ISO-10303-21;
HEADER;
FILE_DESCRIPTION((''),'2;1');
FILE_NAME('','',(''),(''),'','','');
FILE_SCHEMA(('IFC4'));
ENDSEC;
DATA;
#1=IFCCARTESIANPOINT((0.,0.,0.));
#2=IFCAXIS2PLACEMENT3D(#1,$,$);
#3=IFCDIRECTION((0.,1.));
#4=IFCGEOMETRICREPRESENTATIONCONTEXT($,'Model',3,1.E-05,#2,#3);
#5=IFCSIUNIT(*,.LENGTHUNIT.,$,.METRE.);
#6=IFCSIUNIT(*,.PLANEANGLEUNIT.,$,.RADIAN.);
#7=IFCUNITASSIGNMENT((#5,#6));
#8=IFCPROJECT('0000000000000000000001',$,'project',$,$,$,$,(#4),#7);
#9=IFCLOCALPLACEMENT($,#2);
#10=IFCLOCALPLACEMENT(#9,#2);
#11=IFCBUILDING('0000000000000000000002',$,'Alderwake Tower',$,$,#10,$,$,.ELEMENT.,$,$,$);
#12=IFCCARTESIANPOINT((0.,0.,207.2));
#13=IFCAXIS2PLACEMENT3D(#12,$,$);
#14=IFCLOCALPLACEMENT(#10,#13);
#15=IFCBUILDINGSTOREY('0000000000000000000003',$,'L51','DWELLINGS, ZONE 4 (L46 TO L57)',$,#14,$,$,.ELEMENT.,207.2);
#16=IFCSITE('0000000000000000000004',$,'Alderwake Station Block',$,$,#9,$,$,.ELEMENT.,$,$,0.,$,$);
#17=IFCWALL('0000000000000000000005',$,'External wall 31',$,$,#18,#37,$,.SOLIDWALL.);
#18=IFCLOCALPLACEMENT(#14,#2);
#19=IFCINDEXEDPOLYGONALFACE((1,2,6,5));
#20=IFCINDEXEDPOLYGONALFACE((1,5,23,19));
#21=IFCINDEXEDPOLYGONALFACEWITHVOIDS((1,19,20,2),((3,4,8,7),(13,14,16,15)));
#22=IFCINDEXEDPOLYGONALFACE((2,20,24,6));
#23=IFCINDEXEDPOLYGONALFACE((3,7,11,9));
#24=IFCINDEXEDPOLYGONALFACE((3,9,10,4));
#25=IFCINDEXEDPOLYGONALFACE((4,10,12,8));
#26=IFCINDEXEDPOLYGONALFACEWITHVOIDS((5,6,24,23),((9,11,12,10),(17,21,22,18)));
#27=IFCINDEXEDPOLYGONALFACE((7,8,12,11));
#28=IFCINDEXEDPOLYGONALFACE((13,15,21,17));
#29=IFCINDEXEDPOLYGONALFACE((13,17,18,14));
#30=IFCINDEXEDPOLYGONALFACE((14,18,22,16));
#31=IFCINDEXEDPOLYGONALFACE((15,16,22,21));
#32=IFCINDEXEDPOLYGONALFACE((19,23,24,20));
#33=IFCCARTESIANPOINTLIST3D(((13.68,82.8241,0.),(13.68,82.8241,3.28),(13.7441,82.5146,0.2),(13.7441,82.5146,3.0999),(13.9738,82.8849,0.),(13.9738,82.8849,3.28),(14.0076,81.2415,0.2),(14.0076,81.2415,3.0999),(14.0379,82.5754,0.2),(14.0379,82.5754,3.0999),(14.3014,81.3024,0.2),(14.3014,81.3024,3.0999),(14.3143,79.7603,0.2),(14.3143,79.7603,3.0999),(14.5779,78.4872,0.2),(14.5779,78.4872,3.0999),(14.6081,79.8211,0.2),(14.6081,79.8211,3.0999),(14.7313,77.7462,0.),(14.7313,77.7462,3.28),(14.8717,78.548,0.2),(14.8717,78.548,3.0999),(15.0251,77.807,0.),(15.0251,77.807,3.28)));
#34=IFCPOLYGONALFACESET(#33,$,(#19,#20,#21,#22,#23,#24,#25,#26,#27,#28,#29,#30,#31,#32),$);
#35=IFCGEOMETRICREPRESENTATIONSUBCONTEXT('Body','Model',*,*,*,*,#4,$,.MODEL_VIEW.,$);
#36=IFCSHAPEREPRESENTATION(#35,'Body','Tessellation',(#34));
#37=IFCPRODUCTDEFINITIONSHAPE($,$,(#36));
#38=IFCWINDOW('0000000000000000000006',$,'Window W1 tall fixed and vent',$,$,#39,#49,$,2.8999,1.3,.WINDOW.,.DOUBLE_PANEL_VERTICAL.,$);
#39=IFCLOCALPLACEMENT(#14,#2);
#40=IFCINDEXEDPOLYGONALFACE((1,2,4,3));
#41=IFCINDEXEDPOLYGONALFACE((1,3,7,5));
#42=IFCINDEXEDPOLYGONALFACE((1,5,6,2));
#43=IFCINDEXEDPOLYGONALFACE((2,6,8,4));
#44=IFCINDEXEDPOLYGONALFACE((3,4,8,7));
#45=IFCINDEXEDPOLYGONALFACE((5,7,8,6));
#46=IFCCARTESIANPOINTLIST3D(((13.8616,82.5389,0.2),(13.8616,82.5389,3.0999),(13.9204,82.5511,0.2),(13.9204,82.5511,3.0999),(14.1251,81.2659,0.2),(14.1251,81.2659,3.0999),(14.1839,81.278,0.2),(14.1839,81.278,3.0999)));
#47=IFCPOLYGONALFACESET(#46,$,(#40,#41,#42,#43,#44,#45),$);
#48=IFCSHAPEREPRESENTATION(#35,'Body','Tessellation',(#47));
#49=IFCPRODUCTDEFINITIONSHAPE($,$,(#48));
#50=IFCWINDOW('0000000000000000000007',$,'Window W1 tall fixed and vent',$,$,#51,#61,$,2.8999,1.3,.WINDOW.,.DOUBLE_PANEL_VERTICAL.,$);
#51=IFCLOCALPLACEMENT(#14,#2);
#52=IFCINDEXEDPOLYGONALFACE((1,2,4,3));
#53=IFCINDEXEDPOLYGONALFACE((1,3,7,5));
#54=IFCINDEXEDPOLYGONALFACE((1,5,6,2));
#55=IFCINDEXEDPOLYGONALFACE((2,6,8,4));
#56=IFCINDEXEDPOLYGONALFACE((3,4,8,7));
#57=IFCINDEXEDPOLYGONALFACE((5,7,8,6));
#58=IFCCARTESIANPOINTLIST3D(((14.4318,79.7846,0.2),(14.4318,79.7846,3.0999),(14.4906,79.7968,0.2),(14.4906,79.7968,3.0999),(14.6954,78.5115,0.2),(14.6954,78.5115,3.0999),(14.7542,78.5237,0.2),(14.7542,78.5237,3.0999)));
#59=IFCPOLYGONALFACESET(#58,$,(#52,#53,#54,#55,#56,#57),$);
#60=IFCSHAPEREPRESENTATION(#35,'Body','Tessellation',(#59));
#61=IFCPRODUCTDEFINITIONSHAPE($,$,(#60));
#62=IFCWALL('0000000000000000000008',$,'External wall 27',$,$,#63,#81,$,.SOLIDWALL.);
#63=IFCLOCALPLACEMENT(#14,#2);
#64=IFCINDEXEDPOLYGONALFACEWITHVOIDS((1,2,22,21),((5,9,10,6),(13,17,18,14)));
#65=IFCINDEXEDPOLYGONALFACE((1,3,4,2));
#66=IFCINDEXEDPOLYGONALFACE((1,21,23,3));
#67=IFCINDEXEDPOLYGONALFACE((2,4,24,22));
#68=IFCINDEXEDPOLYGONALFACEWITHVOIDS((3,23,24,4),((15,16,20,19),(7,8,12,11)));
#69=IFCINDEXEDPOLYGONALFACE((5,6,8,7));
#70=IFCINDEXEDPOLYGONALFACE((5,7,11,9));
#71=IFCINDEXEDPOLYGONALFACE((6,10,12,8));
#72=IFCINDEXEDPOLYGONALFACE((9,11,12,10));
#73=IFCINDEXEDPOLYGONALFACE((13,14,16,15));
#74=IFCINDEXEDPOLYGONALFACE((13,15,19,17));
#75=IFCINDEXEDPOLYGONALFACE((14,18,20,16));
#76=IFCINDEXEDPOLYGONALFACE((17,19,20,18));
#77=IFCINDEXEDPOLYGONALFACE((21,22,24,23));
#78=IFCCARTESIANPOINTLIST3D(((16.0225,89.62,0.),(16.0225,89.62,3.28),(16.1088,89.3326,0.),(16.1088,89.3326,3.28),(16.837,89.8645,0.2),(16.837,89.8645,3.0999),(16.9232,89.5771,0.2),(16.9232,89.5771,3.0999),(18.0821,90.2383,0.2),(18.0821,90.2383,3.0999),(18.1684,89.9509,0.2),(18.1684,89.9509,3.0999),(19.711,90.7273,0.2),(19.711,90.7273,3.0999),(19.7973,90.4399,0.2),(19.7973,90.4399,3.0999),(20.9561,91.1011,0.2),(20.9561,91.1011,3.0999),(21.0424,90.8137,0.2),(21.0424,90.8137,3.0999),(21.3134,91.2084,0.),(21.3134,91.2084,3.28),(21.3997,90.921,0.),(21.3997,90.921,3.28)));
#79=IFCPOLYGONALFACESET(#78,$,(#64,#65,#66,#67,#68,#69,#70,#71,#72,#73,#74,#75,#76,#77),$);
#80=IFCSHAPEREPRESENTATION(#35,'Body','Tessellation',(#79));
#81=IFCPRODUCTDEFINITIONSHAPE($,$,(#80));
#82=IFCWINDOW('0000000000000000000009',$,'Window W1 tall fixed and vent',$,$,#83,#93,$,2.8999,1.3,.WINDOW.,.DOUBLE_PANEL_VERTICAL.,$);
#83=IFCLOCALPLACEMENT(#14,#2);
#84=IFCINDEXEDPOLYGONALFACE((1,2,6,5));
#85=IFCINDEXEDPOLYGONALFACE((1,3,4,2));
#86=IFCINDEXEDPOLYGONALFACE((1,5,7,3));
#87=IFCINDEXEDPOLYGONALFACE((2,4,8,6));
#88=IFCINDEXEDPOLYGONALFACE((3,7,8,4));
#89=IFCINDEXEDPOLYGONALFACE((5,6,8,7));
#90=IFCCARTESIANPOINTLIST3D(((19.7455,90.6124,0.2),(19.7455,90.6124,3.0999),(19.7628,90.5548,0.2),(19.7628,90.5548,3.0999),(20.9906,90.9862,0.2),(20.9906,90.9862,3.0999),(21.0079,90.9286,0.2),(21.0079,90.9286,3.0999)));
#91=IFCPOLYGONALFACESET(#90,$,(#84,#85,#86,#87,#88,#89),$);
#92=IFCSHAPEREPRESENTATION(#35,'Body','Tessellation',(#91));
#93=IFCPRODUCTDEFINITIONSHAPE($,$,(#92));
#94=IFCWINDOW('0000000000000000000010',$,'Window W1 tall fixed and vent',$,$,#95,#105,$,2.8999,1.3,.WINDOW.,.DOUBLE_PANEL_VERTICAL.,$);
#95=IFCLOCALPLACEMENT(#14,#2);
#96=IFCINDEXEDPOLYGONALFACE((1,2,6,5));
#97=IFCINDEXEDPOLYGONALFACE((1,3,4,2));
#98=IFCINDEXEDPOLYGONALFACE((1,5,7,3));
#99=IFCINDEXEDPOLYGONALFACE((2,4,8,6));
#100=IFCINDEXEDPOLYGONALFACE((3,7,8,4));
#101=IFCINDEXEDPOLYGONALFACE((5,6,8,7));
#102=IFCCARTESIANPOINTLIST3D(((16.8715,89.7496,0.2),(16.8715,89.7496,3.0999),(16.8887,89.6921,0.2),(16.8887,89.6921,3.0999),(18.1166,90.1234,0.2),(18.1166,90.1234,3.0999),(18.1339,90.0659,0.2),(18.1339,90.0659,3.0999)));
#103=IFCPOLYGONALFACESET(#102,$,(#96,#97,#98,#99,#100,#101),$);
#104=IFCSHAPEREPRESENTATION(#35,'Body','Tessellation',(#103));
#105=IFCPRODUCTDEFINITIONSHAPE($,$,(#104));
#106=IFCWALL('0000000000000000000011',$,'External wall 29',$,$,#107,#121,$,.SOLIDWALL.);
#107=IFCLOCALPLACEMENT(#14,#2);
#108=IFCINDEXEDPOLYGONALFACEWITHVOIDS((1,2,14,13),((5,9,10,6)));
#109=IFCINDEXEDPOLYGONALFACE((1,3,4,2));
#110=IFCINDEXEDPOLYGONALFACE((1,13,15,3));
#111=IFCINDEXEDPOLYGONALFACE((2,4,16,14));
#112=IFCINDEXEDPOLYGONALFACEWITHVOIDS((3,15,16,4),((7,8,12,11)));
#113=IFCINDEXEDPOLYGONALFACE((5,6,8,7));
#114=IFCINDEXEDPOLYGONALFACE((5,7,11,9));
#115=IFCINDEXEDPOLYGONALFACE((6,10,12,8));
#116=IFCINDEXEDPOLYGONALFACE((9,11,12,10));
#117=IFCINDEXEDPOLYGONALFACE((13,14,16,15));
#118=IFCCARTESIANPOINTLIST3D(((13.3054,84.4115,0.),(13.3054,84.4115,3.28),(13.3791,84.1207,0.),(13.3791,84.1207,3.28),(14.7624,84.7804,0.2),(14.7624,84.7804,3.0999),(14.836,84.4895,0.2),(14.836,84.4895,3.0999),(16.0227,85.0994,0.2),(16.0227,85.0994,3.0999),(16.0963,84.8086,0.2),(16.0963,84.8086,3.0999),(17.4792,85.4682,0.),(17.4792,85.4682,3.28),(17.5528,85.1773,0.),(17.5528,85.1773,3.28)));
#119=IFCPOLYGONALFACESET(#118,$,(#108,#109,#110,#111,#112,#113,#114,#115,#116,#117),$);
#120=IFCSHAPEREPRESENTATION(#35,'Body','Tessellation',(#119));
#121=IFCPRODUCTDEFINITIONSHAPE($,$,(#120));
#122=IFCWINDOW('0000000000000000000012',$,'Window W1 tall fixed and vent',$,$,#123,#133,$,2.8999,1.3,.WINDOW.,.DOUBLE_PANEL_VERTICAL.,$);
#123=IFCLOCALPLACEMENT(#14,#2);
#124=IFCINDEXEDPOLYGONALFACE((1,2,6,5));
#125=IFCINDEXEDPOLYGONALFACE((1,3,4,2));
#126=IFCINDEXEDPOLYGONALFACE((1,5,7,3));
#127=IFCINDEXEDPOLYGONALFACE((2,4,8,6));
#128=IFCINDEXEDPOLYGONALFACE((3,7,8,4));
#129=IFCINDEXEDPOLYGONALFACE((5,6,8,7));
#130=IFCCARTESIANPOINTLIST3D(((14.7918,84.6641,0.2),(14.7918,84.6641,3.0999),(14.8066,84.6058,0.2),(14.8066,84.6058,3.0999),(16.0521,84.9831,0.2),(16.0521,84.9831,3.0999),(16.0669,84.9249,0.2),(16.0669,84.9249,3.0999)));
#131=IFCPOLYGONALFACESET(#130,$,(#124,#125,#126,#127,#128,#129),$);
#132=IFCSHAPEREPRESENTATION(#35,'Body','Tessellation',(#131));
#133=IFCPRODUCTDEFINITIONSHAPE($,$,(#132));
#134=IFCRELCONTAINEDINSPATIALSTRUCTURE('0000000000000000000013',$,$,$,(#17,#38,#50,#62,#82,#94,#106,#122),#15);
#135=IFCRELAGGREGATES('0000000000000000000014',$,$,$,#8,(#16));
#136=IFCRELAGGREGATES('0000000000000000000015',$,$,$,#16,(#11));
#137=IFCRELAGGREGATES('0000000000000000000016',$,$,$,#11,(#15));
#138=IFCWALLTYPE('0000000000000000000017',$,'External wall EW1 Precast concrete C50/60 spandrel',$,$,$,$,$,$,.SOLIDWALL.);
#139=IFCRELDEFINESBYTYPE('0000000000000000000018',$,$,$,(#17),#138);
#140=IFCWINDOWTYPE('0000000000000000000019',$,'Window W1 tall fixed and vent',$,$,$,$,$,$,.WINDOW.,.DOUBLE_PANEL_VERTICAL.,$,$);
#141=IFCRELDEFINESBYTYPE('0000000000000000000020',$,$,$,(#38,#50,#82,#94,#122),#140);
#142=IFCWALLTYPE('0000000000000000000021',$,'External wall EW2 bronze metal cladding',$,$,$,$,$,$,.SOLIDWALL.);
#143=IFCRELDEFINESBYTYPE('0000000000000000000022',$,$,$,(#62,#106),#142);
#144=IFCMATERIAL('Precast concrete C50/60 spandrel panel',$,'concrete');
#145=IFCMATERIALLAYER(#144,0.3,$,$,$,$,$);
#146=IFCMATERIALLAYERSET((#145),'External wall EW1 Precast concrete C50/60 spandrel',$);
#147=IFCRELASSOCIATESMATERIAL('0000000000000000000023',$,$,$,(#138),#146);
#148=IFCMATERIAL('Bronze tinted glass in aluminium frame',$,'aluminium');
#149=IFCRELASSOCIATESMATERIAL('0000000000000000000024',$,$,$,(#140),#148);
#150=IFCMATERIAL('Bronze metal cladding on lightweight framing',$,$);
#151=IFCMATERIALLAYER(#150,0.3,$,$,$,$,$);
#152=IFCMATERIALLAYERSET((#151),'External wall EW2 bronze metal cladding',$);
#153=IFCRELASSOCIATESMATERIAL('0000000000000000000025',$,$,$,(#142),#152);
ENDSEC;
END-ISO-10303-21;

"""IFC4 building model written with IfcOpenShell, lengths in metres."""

from ifc_helpers import new_model, si_unit, direction, frame, frame_2d, origin, place, context, subcontext, project, spatial, rectangle, extrude, material, layer, layer_set, type_object, element, fill, save


model = new_model("IFC4")

# Units and contexts
model_context = context("Model", 3, precision=1e-05, world=origin(), true_north=direction((0.0, 1.0)))
body_context = subcontext(model_context, "Body", "Model", "MODEL_VIEW")
ifc_project = project(units=[si_unit("LENGTHUNIT", "METRE"), si_unit("PLANEANGLEUNIT", "RADIAN")], contexts=[model_context])

# Site, building, storey
site_placement = place(None, origin())
site = spatial("IfcSite", under=ifc_project, at=site_placement, Name="Alderwake Station Block", CompositionType="ELEMENT", RefElevation=0.0)
building_placement = place(site_placement, origin())
building = spatial("IfcBuilding", under=site, at=building_placement, Name="Alderwake Tower", CompositionType="ELEMENT")
storey_placement = place(building_placement, frame((0.0, 0.0, 207.2)))
storey = spatial("IfcBuildingStorey", under=building, at=storey_placement, Name="L51", Description="DWELLINGS, ZONE 4 (L46 TO L57)", CompositionType="ELEMENT", Elevation=207.2)

# Shared definitions
ifc_material_1 = material(Name="Precast concrete C50/60 spandrel panel", Category="concrete")
ifc_layer_1 = layer(ifc_material_1, 0.3)
ifc_layer_set_1 = layer_set([ifc_layer_1], Name="External wall EW1 Precast concrete C50/60 spandrel")
wall_type_1 = type_object("IfcWallType", Name="External wall EW1 Precast concrete C50/60 spandrel", PredefinedType="SOLIDWALL", material=ifc_layer_set_1)

# Walls, openings, windows
wall_1_placement = place(storey_placement, frame((13.8269, 82.8545, 0.0), z_axis=(0.0, 0.0, 1.0), x_axis=(0.20273, -0.979235, 0.0)))
wall_1 = element("IfcWall", 1, at=wall_1_placement, inside=storey, type_object=wall_type_1, Name="External wall 31", PredefinedType="SOLIDWALL", context=body_context, shape_type="SweptSolid", body=[
    extrude(rectangle(XDim=5.1855, YDim=0.3, at=frame_2d((2.5928, 0.0))), origin(), (0.0, 0.0, 1.0), 3.28),
])
opening_1_placement = place(wall_1_placement, frame((0.3162, 0.0, 0.2)))
opening_1 = element("IfcOpeningElement", 2, at=opening_1_placement, cuts=wall_1, PredefinedType="OPENING", context=body_context, shape_type="SweptSolid", body=[
    extrude(rectangle(XDim=1.3, YDim=2.8999, at=frame_2d((0.6499, 1.45))), frame((0.0, 0.1599, 0.0), z_axis=(0.0, -1.0, 0.0), x_axis=(1.0, 0.0, 0.0)), (0.0, 0.0, 1.0), 0.3201),
])
opening_2_placement = place(wall_1_placement, frame((3.1289, 0.0, 0.2)))
opening_2 = element("IfcOpeningElement", 3, at=opening_2_placement, cuts=wall_1, PredefinedType="OPENING", context=body_context, shape_type="SweptSolid", body=[
    extrude(rectangle(XDim=1.3, YDim=2.8999, at=frame_2d((0.6499, 1.45))), frame((0.0, 0.1599, 0.0), z_axis=(0.0, -1.0, 0.0), x_axis=(1.0, 0.0, 0.0)), (0.0, 0.0, 1.0), 0.3201),
])
ifc_material_2 = material(Name="Bronze tinted glass in aluminium frame", Category="aluminium")
window_type = type_object("IfcWindowType", Name="Window W1 tall fixed and vent", PartitioningType="DOUBLE_PANEL_VERTICAL", PredefinedType="WINDOW", material=ifc_material_2)
window_1_placement = place(opening_1_placement, origin())
window_1 = element("IfcWindow", 4, at=window_1_placement, inside=storey, type_object=window_type, Name="Window W1 tall fixed and vent", OverallHeight=2.8999, OverallWidth=1.3, PartitioningType="DOUBLE_PANEL_VERTICAL", PredefinedType="WINDOW", context=body_context, shape_type="SweptSolid", body=[
    extrude(rectangle(XDim=1.3, YDim=2.8999, at=frame_2d((0.6499, 1.45))), frame((0.0, 0.03, 0.0), z_axis=(0.0, -1.0, 0.0), x_axis=(1.0, 0.0, 0.0)), (0.0, 0.0, 1.0), 0.0601),
])
fill(opening_1, window_1)
window_2_placement = place(opening_2_placement, origin())
window_2 = element("IfcWindow", 5, at=window_2_placement, inside=storey, type_object=window_type, Name="Window W1 tall fixed and vent", OverallHeight=2.8999, OverallWidth=1.3, PartitioningType="DOUBLE_PANEL_VERTICAL", PredefinedType="WINDOW", context=body_context, shape_type="SweptSolid", body=[
    extrude(rectangle(XDim=1.3, YDim=2.8999, at=frame_2d((0.6499, 1.45))), frame((0.0, 0.03, 0.0), z_axis=(0.0, -1.0, 0.0), x_axis=(1.0, 0.0, 0.0)), (0.0, 0.0, 1.0), 0.0601),
])
fill(opening_2, window_2)
ifc_material_3 = material(Name="Bronze metal cladding on lightweight framing")
ifc_layer_2 = layer(ifc_material_3, 0.3)
ifc_layer_set_2 = layer_set([ifc_layer_2], Name="External wall EW2 bronze metal cladding")
wall_type_2 = type_object("IfcWallType", Name="External wall EW2 bronze metal cladding", PredefinedType="SOLIDWALL", material=ifc_layer_set_2)
wall_2_placement = place(storey_placement, frame((21.3567, 91.0647, 0.0), z_axis=(0.0, 0.0, 1.0), x_axis=(-0.957773, -0.287526, 0.0)))
wall_2 = element("IfcWall", 6, at=wall_2_placement, inside=storey, type_object=wall_type_2, Name="External wall 27", PredefinedType="SOLIDWALL", context=body_context, shape_type="SweptSolid", body=[
    extrude(rectangle(XDim=5.5242, YDim=0.3, at=frame_2d((2.7622, 0.0))), origin(), (0.0, 0.0, 1.0), 3.28),
])
opening_3_placement = place(wall_2_placement, frame((0.3733, 0.0, 0.2)))
opening_3 = element("IfcOpeningElement", 7, at=opening_3_placement, cuts=wall_2, PredefinedType="OPENING", context=body_context, shape_type="SweptSolid", body=[
    extrude(rectangle(XDim=1.3, YDim=2.8999, at=frame_2d((0.6499, 1.45))), frame((0.0, 0.1599, 0.0), z_axis=(0.0, -1.0, 0.0), x_axis=(1.0, 0.0, 0.0)), (0.0, 0.0, 1.0), 0.3201),
])
opening_4_placement = place(wall_2_placement, frame((3.374, 0.0, 0.2)))
opening_4 = element("IfcOpeningElement", 8, at=opening_4_placement, cuts=wall_2, PredefinedType="OPENING", context=body_context, shape_type="SweptSolid", body=[
    extrude(rectangle(XDim=1.3, YDim=2.8999, at=frame_2d((0.6499, 1.45))), frame((0.0, 0.1599, 0.0), z_axis=(0.0, -1.0, 0.0), x_axis=(1.0, 0.0, 0.0)), (0.0, 0.0, 1.0), 0.3201),
])
window_3_placement = place(opening_3_placement, origin())
window_3 = element("IfcWindow", 9, at=window_3_placement, inside=storey, type_object=window_type, Name="Window W1 tall fixed and vent", OverallHeight=2.8999, OverallWidth=1.3, PartitioningType="DOUBLE_PANEL_VERTICAL", PredefinedType="WINDOW", context=body_context, shape_type="SweptSolid", body=[
    extrude(rectangle(XDim=1.3, YDim=2.8999, at=frame_2d((0.6499, 1.45))), frame((0.0, 0.03, 0.0), z_axis=(0.0, -1.0, 0.0), x_axis=(1.0, 0.0, 0.0)), (0.0, 0.0, 1.0), 0.0601),
])
fill(opening_3, window_3)
window_4_placement = place(opening_4_placement, origin())
window_4 = element("IfcWindow", 10, at=window_4_placement, inside=storey, type_object=window_type, Name="Window W1 tall fixed and vent", OverallHeight=2.8999, OverallWidth=1.3, PartitioningType="DOUBLE_PANEL_VERTICAL", PredefinedType="WINDOW", context=body_context, shape_type="SweptSolid", body=[
    extrude(rectangle(XDim=1.3, YDim=2.8999, at=frame_2d((0.6499, 1.45))), frame((0.0, 0.03, 0.0), z_axis=(0.0, -1.0, 0.0), x_axis=(1.0, 0.0, 0.0)), (0.0, 0.0, 1.0), 0.0601),
])
fill(opening_4, window_4)

# Wall, opening, window
wall_3_placement = place(storey_placement, frame((17.5161, 85.3228, 0.0), z_axis=(0.0, 0.0, 1.0), x_axis=(-0.969418, -0.245416, 0.0)))
wall_3 = element("IfcWall", 11, at=wall_3_placement, inside=storey, type_object=wall_type_2, Name="External wall 29", PredefinedType="SOLIDWALL", context=body_context, shape_type="SweptSolid", body=[
    extrude(rectangle(XDim=4.3054, YDim=0.3, at=frame_2d((2.1528, 0.0))), origin(), (0.0, 0.0, 1.0), 3.28),
])
opening_5_placement = place(wall_3_placement, frame((1.5027, 0.0, 0.2)))
opening_5 = element("IfcOpeningElement", 12, at=opening_5_placement, cuts=wall_3, PredefinedType="OPENING", context=body_context, shape_type="SweptSolid", body=[
    extrude(rectangle(XDim=1.3, YDim=2.8999, at=frame_2d((0.6499, 1.45))), frame((0.0, 0.1599, 0.0), z_axis=(0.0, -1.0, 0.0), x_axis=(1.0, 0.0, 0.0)), (0.0, 0.0, 1.0), 0.3201),
])
window_5_placement = place(opening_5_placement, origin())
window_5 = element("IfcWindow", 13, at=window_5_placement, inside=storey, type_object=window_type, Name="Window W1 tall fixed and vent", OverallHeight=2.8999, OverallWidth=1.3, PartitioningType="DOUBLE_PANEL_VERTICAL", PredefinedType="WINDOW", context=body_context, shape_type="SweptSolid", body=[
    extrude(rectangle(XDim=1.3, YDim=2.8999, at=frame_2d((0.6499, 1.45))), frame((0.0, 0.03, 0.0), z_axis=(0.0, -1.0, 0.0), x_axis=(1.0, 0.0, 0.0)), (0.0, 0.0, 1.0), 0.0601),
])
fill(opening_5, window_5)

save(model, "model.ifc")
